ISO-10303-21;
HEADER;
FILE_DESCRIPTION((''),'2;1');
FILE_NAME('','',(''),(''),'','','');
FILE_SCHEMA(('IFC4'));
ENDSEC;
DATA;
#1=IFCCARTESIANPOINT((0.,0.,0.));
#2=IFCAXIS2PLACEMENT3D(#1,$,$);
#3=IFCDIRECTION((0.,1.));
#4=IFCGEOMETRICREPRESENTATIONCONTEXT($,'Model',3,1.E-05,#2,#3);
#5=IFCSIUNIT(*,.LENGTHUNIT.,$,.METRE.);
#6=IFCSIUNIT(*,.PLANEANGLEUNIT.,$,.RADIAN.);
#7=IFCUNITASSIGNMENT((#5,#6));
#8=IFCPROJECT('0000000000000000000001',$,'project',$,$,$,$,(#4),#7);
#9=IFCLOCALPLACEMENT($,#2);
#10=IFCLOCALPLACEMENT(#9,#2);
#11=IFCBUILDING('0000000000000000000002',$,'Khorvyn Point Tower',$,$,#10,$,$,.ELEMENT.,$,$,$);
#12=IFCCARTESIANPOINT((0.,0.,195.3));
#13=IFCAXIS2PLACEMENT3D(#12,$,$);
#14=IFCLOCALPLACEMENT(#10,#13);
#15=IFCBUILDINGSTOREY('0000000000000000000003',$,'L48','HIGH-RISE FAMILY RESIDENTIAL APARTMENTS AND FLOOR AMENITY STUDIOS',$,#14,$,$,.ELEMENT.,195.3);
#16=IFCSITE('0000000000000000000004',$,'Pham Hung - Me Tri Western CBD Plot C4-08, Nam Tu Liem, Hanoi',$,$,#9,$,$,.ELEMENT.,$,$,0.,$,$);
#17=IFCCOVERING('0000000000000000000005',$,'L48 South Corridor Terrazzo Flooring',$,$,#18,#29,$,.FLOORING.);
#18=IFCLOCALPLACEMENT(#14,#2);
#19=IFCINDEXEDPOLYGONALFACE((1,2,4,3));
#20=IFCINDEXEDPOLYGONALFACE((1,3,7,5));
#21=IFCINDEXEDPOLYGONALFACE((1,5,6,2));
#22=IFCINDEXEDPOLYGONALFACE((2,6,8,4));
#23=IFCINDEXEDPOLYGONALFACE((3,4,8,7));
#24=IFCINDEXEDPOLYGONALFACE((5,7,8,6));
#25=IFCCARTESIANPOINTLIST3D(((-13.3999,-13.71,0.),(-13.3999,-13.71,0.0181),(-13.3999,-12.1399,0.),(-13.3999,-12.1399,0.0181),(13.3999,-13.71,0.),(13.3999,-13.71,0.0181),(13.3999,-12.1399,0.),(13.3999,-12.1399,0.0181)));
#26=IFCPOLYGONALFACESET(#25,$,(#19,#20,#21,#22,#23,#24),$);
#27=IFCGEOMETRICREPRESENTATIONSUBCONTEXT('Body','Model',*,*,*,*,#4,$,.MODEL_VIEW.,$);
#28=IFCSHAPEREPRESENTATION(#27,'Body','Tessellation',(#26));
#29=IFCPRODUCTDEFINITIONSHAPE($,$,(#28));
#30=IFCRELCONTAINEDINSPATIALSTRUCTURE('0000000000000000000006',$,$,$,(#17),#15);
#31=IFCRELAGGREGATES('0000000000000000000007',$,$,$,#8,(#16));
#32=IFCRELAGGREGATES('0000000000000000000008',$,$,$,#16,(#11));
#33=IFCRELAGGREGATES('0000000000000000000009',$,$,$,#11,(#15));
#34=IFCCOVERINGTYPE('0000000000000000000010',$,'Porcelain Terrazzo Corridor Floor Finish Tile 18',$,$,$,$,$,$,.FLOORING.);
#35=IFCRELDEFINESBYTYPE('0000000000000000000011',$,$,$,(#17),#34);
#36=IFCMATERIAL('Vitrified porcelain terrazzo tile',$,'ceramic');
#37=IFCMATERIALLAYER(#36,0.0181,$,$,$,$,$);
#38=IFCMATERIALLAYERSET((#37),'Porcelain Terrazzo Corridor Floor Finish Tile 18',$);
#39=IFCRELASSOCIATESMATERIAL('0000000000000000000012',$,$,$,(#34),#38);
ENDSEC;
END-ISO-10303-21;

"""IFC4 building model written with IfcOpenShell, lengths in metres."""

from ifc_helpers import new_model, si_unit, direction, frame, origin, place, context, subcontext, project, spatial, polyline, outline, extrude, material, layer, layer_set, type_object, element, save


model = new_model("IFC4")

# Units and contexts
model_context = context("Model", 3, precision=1e-05, world=origin(), true_north=direction((0.0, 1.0)))
body_context = subcontext(model_context, "Body", "Model", "MODEL_VIEW")
ifc_project = project(units=[si_unit("LENGTHUNIT", "METRE"), si_unit("PLANEANGLEUNIT", "RADIAN")], contexts=[model_context])

# Site, building, storey
site_placement = place(None, origin())
site = spatial("IfcSite", under=ifc_project, at=site_placement, Name="Pham Hung - Me Tri Western CBD Plot C4-08, Nam Tu Liem, Hanoi", CompositionType="ELEMENT", RefElevation=0.0)
building_placement = place(site_placement, origin())
building = spatial("IfcBuilding", under=site, at=building_placement, Name="Khorvyn Point Tower", CompositionType="ELEMENT")
storey_placement = place(building_placement, frame((0.0, 0.0, 195.3)))
storey = spatial("IfcBuildingStorey", under=building, at=storey_placement, Name="L48", Description="HIGH-RISE FAMILY RESIDENTIAL APARTMENTS AND FLOOR AMENITY STUDIOS", CompositionType="ELEMENT", Elevation=195.3)

# Covering
ifc_material_1 = material(Name="Vitrified porcelain terrazzo tile", Category="ceramic")
ifc_layer_1 = layer(ifc_material_1, 0.0181)
ifc_layer_set_1 = layer_set([ifc_layer_1], Name="Porcelain Terrazzo Corridor Floor Finish Tile 18")
covering_type_1 = type_object("IfcCoveringType", Name="Porcelain Terrazzo Corridor Floor Finish Tile 18", PredefinedType="FLOORING", material=ifc_layer_set_1)
covering_1_placement = place(storey_placement, origin())
element("IfcCovering", 1, at=covering_1_placement, inside=storey, type_object=covering_type_1, Name="L48 South Corridor Terrazzo Flooring", PredefinedType="FLOORING", context=body_context, shape_type="SweptSolid", body=[
    extrude(outline(polyline([(-13.3999, -13.71), (13.3999, -13.71), (13.3999, -12.1399), (-13.3999, -12.1399), (-13.3999, -13.71)])), origin(), (0.0, 0.0, 1.0), 0.0181),
])

save(model, "model.ifc")
